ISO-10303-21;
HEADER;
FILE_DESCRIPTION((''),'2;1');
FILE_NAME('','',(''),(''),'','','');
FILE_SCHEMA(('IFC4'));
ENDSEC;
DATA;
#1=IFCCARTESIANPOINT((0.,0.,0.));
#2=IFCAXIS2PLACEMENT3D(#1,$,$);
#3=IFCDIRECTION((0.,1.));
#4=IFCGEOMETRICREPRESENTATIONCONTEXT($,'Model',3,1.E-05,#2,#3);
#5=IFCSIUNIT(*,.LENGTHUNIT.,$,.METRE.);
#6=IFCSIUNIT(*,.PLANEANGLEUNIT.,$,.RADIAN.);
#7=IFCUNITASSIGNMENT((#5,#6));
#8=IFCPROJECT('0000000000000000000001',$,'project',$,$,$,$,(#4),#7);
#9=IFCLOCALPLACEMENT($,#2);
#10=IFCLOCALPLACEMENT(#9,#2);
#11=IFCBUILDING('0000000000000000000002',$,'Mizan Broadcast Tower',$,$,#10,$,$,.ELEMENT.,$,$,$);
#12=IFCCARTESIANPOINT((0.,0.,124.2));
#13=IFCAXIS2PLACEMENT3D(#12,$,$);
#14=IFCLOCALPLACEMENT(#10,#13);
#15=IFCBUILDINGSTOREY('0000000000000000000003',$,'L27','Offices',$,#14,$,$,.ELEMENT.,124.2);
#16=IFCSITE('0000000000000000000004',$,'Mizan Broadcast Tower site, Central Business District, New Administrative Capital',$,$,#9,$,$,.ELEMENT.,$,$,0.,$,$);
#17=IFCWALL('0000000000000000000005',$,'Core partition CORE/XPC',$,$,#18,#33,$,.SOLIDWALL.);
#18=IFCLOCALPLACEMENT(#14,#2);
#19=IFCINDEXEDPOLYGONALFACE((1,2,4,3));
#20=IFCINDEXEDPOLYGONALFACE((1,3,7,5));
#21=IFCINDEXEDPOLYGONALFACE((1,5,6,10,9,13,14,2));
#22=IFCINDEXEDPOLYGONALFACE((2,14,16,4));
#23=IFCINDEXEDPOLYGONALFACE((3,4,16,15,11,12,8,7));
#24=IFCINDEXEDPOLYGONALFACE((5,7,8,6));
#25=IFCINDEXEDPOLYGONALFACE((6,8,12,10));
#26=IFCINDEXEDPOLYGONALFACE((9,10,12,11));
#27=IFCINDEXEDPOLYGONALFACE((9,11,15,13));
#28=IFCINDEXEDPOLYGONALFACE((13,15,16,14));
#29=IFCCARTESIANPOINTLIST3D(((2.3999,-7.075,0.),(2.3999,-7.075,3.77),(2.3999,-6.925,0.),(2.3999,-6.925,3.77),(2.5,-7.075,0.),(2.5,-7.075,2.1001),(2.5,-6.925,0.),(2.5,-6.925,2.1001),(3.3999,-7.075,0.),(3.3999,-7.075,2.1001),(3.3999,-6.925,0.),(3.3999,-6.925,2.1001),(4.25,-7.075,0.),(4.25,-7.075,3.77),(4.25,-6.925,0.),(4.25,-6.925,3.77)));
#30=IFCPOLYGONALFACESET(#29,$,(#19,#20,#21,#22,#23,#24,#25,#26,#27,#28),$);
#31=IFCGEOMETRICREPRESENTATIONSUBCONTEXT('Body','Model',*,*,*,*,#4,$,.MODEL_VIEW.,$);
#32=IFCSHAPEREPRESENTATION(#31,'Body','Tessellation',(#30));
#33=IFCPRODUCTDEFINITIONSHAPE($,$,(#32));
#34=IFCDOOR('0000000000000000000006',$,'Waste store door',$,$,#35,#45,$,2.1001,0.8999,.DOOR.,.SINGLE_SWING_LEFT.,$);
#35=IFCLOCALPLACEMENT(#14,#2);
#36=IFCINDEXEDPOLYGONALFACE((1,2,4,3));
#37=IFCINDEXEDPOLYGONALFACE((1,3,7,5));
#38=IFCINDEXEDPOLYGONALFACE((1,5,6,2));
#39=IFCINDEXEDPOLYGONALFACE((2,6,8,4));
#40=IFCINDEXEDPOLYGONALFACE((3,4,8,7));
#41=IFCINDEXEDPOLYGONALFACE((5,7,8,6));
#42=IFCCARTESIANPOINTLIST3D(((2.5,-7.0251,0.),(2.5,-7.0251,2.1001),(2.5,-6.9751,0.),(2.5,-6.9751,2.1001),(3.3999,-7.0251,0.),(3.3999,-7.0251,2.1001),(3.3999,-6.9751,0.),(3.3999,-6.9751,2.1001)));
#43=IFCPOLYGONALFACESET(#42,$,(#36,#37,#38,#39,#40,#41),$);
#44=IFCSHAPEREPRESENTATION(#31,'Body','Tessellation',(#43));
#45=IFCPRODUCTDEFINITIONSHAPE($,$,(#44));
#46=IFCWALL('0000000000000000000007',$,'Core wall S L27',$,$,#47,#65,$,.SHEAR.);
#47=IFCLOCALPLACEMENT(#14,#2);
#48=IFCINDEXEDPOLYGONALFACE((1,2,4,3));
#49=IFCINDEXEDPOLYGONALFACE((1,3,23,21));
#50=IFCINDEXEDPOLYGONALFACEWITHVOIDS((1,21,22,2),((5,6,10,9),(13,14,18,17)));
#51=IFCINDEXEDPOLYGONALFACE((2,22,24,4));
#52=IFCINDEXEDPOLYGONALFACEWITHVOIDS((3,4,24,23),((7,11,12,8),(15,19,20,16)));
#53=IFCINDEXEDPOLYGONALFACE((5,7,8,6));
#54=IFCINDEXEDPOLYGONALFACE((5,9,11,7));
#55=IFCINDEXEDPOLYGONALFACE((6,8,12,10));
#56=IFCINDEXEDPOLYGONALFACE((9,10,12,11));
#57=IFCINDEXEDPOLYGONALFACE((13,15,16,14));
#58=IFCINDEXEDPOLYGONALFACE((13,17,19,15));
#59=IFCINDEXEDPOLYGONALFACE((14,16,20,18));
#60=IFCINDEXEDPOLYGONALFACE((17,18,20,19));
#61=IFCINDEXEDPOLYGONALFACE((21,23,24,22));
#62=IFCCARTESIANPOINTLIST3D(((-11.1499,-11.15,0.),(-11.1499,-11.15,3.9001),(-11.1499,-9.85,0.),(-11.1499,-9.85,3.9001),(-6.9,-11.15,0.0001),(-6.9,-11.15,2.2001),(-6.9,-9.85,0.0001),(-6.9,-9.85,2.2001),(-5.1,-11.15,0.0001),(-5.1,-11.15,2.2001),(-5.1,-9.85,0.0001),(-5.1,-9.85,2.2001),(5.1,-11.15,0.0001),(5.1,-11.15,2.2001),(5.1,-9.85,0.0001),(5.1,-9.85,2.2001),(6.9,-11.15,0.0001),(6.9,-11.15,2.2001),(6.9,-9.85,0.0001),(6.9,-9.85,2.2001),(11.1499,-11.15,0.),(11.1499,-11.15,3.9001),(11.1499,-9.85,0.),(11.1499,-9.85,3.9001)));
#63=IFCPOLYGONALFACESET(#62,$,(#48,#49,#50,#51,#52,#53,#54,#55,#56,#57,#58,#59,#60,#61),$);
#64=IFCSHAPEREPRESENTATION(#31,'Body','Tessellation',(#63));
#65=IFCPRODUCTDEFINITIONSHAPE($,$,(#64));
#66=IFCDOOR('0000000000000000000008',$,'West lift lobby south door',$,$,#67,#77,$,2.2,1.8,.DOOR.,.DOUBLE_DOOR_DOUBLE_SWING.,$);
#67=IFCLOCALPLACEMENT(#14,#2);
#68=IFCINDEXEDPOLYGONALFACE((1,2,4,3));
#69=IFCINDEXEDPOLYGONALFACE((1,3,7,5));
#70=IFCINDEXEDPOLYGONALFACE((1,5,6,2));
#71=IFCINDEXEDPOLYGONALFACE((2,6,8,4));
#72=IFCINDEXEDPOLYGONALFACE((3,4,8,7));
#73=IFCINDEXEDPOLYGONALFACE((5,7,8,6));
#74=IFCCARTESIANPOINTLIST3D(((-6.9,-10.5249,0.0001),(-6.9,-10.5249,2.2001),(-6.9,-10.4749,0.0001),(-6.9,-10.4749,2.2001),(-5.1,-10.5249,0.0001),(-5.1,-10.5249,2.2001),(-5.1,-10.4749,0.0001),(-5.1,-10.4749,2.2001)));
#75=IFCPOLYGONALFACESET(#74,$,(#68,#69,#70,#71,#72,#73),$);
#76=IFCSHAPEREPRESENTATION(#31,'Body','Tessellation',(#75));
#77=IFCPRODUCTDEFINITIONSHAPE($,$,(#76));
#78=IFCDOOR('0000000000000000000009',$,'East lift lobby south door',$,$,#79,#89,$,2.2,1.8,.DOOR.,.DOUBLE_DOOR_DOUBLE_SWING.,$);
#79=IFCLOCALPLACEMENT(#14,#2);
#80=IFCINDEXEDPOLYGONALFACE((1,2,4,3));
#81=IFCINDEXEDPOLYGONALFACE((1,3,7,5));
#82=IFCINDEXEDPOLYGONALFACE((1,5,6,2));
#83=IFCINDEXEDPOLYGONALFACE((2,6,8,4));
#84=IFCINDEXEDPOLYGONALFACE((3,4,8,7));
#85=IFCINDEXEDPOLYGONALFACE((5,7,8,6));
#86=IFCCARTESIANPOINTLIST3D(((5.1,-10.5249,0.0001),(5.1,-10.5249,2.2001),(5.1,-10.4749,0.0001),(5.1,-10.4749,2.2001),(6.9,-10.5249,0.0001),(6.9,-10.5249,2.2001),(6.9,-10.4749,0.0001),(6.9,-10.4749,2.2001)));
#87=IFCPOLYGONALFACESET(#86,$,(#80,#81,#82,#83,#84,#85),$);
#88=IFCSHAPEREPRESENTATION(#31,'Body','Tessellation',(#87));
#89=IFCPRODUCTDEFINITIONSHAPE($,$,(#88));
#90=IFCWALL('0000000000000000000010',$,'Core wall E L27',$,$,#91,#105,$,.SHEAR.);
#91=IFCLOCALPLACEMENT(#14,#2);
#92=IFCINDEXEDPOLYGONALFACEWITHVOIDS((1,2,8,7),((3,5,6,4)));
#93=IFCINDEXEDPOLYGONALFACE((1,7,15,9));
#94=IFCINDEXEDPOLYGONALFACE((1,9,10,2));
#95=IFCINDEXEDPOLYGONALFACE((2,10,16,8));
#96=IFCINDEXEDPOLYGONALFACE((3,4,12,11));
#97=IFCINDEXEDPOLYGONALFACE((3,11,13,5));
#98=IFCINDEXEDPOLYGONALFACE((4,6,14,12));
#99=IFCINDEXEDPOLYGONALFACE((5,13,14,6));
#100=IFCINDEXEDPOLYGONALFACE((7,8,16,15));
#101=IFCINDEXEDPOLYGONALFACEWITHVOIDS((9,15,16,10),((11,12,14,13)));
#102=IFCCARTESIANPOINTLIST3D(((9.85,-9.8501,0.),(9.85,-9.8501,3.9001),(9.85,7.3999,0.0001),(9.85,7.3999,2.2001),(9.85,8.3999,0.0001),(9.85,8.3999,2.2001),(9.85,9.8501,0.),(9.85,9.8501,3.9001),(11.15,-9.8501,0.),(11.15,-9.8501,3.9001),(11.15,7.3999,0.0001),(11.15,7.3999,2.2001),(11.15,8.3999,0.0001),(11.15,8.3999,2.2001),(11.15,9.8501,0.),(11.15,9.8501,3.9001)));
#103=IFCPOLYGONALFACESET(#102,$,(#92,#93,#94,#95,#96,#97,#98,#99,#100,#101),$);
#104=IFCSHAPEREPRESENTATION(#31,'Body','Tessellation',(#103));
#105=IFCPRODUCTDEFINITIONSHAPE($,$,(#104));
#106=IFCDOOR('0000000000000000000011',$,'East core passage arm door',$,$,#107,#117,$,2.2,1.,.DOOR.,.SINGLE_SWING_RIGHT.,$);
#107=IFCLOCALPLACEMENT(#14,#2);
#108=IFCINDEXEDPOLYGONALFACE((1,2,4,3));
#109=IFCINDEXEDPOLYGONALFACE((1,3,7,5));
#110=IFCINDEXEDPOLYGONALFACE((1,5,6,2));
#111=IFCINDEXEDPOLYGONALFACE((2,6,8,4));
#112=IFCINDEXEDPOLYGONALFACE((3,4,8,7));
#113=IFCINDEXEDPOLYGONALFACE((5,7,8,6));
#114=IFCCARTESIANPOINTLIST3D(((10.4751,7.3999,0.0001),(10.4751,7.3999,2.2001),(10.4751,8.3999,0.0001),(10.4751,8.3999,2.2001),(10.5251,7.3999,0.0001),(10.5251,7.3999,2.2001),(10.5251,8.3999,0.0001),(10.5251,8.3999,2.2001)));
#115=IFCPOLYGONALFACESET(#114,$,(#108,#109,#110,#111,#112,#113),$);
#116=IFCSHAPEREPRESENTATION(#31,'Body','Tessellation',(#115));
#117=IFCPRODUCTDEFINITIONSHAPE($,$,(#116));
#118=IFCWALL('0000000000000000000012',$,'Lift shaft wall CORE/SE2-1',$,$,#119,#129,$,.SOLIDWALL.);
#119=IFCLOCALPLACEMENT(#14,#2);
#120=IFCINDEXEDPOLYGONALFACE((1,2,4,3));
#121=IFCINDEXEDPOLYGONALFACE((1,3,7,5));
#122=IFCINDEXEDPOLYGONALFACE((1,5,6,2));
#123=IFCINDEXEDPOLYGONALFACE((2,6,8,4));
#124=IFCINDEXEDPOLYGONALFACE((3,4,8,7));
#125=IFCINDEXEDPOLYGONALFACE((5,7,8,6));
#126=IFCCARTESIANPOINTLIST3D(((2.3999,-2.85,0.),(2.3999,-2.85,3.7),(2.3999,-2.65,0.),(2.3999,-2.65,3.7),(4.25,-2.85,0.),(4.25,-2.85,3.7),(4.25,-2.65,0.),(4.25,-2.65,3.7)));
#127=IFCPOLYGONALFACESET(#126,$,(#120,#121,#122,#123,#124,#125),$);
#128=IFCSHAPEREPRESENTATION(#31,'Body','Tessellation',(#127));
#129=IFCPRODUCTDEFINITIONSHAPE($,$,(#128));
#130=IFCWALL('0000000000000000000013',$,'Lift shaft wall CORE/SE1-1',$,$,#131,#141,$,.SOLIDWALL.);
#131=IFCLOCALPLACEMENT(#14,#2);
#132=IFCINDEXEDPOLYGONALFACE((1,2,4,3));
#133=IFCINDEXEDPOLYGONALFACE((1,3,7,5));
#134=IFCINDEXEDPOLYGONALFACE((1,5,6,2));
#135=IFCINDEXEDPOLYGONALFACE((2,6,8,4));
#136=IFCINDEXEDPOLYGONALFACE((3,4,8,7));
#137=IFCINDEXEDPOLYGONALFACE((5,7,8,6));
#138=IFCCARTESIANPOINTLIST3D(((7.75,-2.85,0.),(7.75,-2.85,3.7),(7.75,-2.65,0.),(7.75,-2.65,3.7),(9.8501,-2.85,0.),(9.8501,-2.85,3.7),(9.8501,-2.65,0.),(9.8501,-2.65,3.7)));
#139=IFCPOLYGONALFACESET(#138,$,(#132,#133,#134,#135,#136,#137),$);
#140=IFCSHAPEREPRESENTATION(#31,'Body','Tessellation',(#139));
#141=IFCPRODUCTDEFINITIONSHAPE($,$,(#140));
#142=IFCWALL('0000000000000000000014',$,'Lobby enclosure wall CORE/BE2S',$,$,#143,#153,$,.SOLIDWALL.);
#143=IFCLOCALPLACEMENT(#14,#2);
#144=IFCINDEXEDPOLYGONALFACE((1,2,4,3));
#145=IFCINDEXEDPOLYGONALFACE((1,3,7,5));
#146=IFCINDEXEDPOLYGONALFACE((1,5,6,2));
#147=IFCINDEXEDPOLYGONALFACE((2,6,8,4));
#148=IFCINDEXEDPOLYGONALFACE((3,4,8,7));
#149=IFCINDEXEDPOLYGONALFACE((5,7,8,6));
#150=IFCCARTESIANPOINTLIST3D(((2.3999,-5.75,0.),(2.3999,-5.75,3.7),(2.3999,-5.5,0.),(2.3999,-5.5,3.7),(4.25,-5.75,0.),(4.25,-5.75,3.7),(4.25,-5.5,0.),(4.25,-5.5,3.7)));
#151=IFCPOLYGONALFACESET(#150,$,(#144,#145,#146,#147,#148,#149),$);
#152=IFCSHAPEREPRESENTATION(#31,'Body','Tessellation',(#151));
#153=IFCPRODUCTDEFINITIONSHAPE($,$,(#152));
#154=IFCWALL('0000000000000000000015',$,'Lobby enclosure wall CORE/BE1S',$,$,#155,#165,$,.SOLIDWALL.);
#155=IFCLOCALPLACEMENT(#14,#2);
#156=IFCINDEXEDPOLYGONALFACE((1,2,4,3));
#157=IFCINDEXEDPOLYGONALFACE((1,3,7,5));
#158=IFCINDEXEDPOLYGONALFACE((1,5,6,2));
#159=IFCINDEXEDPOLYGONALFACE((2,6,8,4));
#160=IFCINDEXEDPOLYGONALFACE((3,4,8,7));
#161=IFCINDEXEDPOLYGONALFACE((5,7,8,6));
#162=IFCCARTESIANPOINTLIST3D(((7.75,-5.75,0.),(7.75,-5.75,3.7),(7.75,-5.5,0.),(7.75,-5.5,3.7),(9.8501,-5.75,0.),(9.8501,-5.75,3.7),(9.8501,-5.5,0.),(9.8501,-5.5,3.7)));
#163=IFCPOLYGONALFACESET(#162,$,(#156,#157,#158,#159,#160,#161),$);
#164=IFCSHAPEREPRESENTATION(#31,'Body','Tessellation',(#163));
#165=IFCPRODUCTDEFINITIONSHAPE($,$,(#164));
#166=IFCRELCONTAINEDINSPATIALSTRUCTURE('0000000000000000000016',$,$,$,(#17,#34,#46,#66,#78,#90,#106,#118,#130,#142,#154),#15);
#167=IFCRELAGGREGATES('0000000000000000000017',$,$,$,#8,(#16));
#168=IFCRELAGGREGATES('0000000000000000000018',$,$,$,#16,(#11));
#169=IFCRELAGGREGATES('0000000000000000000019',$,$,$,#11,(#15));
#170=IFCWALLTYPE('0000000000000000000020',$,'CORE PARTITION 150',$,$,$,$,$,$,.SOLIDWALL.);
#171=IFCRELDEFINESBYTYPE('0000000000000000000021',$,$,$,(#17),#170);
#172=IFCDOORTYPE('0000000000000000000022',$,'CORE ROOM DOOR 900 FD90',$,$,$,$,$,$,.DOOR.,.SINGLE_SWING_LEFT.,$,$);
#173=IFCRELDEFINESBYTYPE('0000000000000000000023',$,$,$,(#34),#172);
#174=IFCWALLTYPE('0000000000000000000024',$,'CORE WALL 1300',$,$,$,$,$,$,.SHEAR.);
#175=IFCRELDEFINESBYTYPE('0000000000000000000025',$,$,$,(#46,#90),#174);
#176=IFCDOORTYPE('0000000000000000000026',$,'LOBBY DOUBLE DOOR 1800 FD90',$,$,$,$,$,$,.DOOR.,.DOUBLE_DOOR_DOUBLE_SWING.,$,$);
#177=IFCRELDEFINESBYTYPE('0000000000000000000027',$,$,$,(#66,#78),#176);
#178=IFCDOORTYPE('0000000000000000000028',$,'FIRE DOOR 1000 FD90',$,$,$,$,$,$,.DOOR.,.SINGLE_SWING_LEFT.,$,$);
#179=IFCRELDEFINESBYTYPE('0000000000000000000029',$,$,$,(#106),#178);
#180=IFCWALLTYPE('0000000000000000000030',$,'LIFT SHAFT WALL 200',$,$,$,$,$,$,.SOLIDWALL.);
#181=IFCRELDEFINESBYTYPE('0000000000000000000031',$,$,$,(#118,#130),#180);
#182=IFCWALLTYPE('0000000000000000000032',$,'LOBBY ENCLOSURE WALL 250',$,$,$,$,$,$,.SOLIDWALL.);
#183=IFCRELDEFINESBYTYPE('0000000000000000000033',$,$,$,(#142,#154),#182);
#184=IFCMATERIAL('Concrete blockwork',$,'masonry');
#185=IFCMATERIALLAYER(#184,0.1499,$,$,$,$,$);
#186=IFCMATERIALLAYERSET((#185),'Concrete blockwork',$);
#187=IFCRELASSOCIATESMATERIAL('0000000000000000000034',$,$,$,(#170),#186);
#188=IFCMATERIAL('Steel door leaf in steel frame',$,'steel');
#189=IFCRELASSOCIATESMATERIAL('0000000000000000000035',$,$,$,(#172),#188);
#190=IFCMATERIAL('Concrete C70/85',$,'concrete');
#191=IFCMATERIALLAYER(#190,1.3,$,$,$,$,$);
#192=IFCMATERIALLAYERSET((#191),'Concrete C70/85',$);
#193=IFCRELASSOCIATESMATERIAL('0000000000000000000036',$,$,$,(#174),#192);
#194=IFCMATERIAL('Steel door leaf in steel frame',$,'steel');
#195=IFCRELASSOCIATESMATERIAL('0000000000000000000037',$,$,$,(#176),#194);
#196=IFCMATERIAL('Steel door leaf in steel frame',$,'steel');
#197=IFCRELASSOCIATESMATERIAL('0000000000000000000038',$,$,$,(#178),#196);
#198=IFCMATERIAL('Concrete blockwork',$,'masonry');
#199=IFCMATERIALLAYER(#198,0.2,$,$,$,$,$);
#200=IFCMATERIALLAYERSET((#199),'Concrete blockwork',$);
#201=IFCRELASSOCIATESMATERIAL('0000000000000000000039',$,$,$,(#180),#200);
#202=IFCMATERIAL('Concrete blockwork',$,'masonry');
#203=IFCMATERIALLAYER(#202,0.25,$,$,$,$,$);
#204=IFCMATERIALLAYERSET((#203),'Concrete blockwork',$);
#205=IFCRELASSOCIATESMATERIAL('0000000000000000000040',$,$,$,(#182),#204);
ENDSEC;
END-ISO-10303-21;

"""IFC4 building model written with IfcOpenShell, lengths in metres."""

from ifc_helpers import new_model, si_unit, direction, frame, frame_2d, origin, place, context, subcontext, project, spatial, rectangle, extrude, material, layer, layer_set, type_object, element, fill, save


model = new_model("IFC4")

# Units and contexts
model_context = context("Model", 3, precision=1e-05, world=origin(), true_north=direction((0.0, 1.0)))
body_context = subcontext(model_context, "Body", "Model", "MODEL_VIEW")
ifc_project = project(units=[si_unit("LENGTHUNIT", "METRE"), si_unit("PLANEANGLEUNIT", "RADIAN")], contexts=[model_context])

# Site, building, storey
site_placement = place(None, origin())
site = spatial("IfcSite", under=ifc_project, at=site_placement, Name="Mizan Broadcast Tower site, Central Business District, New Administrative Capital", CompositionType="ELEMENT", RefElevation=0.0)
building_placement = place(site_placement, origin())
building = spatial("IfcBuilding", under=site, at=building_placement, Name="Mizan Broadcast Tower", CompositionType="ELEMENT")
storey_placement = place(building_placement, frame((0.0, 0.0, 124.2)))
storey = spatial("IfcBuildingStorey", under=building, at=storey_placement, Name="L27", Description="Offices", CompositionType="ELEMENT", Elevation=124.2)

# Wall, opening, door
ifc_material_1 = material(Name="Concrete blockwork", Category="masonry")
ifc_layer_1 = layer(ifc_material_1, 0.1499)
ifc_layer_set_1 = layer_set([ifc_layer_1], Name="Concrete blockwork")
wall_type_1 = type_object("IfcWallType", Name="CORE PARTITION 150", PredefinedType="SOLIDWALL", material=ifc_layer_set_1)
wall_1_placement = place(storey_placement, frame((2.3999, -7.0, 0.0), z_axis=(0.0, 0.0, 1.0), x_axis=(1.0, 0.0, 0.0)))
wall_1 = element("IfcWall", 1, at=wall_1_placement, inside=storey, type_object=wall_type_1, Name="Core partition CORE/XPC", PredefinedType="SOLIDWALL", context=body_context, shape_type="SweptSolid", body=[
    extrude(rectangle(XDim=1.8501, YDim=0.1499, at=frame_2d((0.925, 0.0))), origin(), (0.0, 0.0, 1.0), 3.77),
])
opening_1_placement = place(wall_1_placement, frame((0.1001, 0.0, 0.0)))
opening_1 = element("IfcOpeningElement", 2, at=opening_1_placement, cuts=wall_1, PredefinedType="OPENING", context=body_context, shape_type="SweptSolid", body=[
    extrude(rectangle(XDim=0.8999, YDim=2.1001, at=frame_2d((0.45, 1.05))), frame((0.0, 0.085, 0.0), z_axis=(0.0, -1.0, 0.0), x_axis=(1.0, 0.0, 0.0)), (0.0, 0.0, 1.0), 0.1699),
])
ifc_material_2 = material(Name="Steel door leaf in steel frame", Category="steel")
door_type_1 = type_object("IfcDoorType", Name="CORE ROOM DOOR 900 FD90", OperationType="SINGLE_SWING_LEFT", PredefinedType="DOOR", material=ifc_material_2)
door_1_placement = place(opening_1_placement, origin())
door_1 = element("IfcDoor", 3, at=door_1_placement, inside=storey, type_object=door_type_1, Name="Waste store door", OperationType="SINGLE_SWING_LEFT", OverallHeight=2.1001, OverallWidth=0.8999, PredefinedType="DOOR", context=body_context, shape_type="SweptSolid", body=[
    extrude(rectangle(XDim=0.8999, YDim=2.1001, at=frame_2d((0.45, 1.05))), frame((0.0, 0.0249, 0.0), z_axis=(0.0, -1.0, 0.0), x_axis=(1.0, 0.0, 0.0)), (0.0, 0.0, 1.0), 0.05),
])
fill(opening_1, door_1)

# Wall, openings, doors
ifc_material_3 = material(Name="Concrete C70/85", Category="concrete")
ifc_layer_2 = layer(ifc_material_3, 1.3)
ifc_layer_set_2 = layer_set([ifc_layer_2], Name="Concrete C70/85")
wall_type_2 = type_object("IfcWallType", Name="CORE WALL 1300", PredefinedType="SHEAR", material=ifc_layer_set_2)
wall_2_placement = place(storey_placement, frame((11.1499, -10.5, 0.0), z_axis=(0.0, 0.0, 1.0), x_axis=(-1.0, 0.0, 0.0)))
wall_2 = element("IfcWall", 4, at=wall_2_placement, inside=storey, type_object=wall_type_2, Name="Core wall S L27", PredefinedType="SHEAR", context=body_context, shape_type="SweptSolid", body=[
    extrude(rectangle(XDim=22.2998, YDim=1.3, at=frame_2d((11.1499, 0.0))), origin(), (0.0, 0.0, 1.0), 3.9001),
])
opening_2_placement = place(wall_2_placement, frame((16.25, 0.0, 0.0)))
opening_2 = element("IfcOpeningElement", 5, at=opening_2_placement, cuts=wall_2, PredefinedType="OPENING", context=body_context, shape_type="SweptSolid", body=[
    extrude(rectangle(XDim=1.8, YDim=2.2, at=frame_2d((0.8999, 1.1001))), frame((0.0, 0.6599, 0.0), z_axis=(0.0, -1.0, 0.0), x_axis=(1.0, 0.0, 0.0)), (0.0, 0.0, 1.0), 1.3201),
])
opening_3_placement = place(wall_2_placement, frame((4.25, 0.0, 0.0)))
opening_3 = element("IfcOpeningElement", 6, at=opening_3_placement, cuts=wall_2, PredefinedType="OPENING", context=body_context, shape_type="SweptSolid", body=[
    extrude(rectangle(XDim=1.8, YDim=2.2, at=frame_2d((0.8999, 1.1001))), frame((0.0, 0.6599, 0.0), z_axis=(0.0, -1.0, 0.0), x_axis=(1.0, 0.0, 0.0)), (0.0, 0.0, 1.0), 1.3201),
])
ifc_material_4 = material(Name="Steel door leaf in steel frame", Category="steel")
door_type_2 = type_object("IfcDoorType", Name="LOBBY DOUBLE DOOR 1800 FD90", OperationType="DOUBLE_DOOR_DOUBLE_SWING", PredefinedType="DOOR", material=ifc_material_4)
door_2_placement = place(opening_2_placement, origin())
door_2 = element("IfcDoor", 7, at=door_2_placement, inside=storey, type_object=door_type_2, Name="West lift lobby south door", OperationType="DOUBLE_DOOR_DOUBLE_SWING", OverallHeight=2.2, OverallWidth=1.8, PredefinedType="DOOR", context=body_context, shape_type="SweptSolid", body=[
    extrude(rectangle(XDim=1.8, YDim=2.2, at=frame_2d((0.8999, 1.1001))), frame((0.0, 0.0249, 0.0), z_axis=(0.0, -1.0, 0.0), x_axis=(1.0, 0.0, 0.0)), (0.0, 0.0, 1.0), 0.05),
])
fill(opening_2, door_2)
door_3_placement = place(opening_3_placement, origin())
door_3 = element("IfcDoor", 8, at=door_3_placement, inside=storey, type_object=door_type_2, Name="East lift lobby south door", OperationType="DOUBLE_DOOR_DOUBLE_SWING", OverallHeight=2.2, OverallWidth=1.8, PredefinedType="DOOR", context=body_context, shape_type="SweptSolid", body=[
    extrude(rectangle(XDim=1.8, YDim=2.2, at=frame_2d((0.8999, 1.1001))), frame((0.0, 0.0249, 0.0), z_axis=(0.0, -1.0, 0.0), x_axis=(1.0, 0.0, 0.0)), (0.0, 0.0, 1.0), 0.05),
])
fill(opening_3, door_3)

# Wall, opening, door
wall_3_placement = place(storey_placement, frame((10.5, -9.8501, 0.0), z_axis=(0.0, 0.0, 1.0), x_axis=(0.0, 1.0, 0.0)))
wall_3 = element("IfcWall", 9, at=wall_3_placement, inside=storey, type_object=wall_type_2, Name="Core wall E L27", PredefinedType="SHEAR", context=body_context, shape_type="SweptSolid", body=[
    extrude(rectangle(XDim=19.7002, YDim=1.3, at=frame_2d((9.8501, 0.0))), origin(), (0.0, 0.0, 1.0), 3.9001),
])
opening_4_placement = place(wall_3_placement, frame((17.25, 0.0, 0.0)))
opening_4 = element("IfcOpeningElement", 10, at=opening_4_placement, cuts=wall_3, PredefinedType="OPENING", context=body_context, shape_type="SweptSolid", body=[
    extrude(rectangle(XDim=1.0, YDim=2.2, at=frame_2d((0.5, 1.1001))), frame((0.0, 0.6599, 0.0), z_axis=(0.0, -1.0, 0.0), x_axis=(1.0, 0.0, 0.0)), (0.0, 0.0, 1.0), 1.3201),
])
ifc_material_5 = material(Name="Steel door leaf in steel frame", Category="steel")
door_type_3 = type_object("IfcDoorType", Name="FIRE DOOR 1000 FD90", OperationType="SINGLE_SWING_LEFT", PredefinedType="DOOR", material=ifc_material_5)
door_4_placement = place(opening_4_placement, origin())
door_4 = element("IfcDoor", 11, at=door_4_placement, inside=storey, type_object=door_type_3, Name="East core passage arm door", OperationType="SINGLE_SWING_RIGHT", OverallHeight=2.2, OverallWidth=1.0, PredefinedType="DOOR", context=body_context, shape_type="SweptSolid", body=[
    extrude(rectangle(XDim=1.0, YDim=2.2, at=frame_2d((0.5, 1.1001))), frame((0.0, 0.0249, 0.0), z_axis=(0.0, -1.0, 0.0), x_axis=(1.0, 0.0, 0.0)), (0.0, 0.0, 1.0), 0.05),
])
fill(opening_4, door_4)

# Walls
ifc_material_6 = material(Name="Concrete blockwork", Category="masonry")
ifc_layer_3 = layer(ifc_material_6, 0.2)
ifc_layer_set_3 = layer_set([ifc_layer_3], Name="Concrete blockwork")
wall_type_3 = type_object("IfcWallType", Name="LIFT SHAFT WALL 200", PredefinedType="SOLIDWALL", material=ifc_layer_set_3)
wall_4_placement = place(storey_placement, frame((2.3999, -2.75, 0.0), z_axis=(0.0, 0.0, 1.0), x_axis=(1.0, 0.0, 0.0)))
element("IfcWall", 12, at=wall_4_placement, inside=storey, type_object=wall_type_3, Name="Lift shaft wall CORE/SE2-1", PredefinedType="SOLIDWALL", context=body_context, shape_type="SweptSolid", body=[
    extrude(rectangle(XDim=1.8501, YDim=0.2, at=frame_2d((0.925, 0.0))), origin(), (0.0, 0.0, 1.0), 3.7),
])
wall_5_placement = place(storey_placement, frame((7.75, -2.75, 0.0), z_axis=(0.0, 0.0, 1.0), x_axis=(1.0, 0.0, 0.0)))
element("IfcWall", 13, at=wall_5_placement, inside=storey, type_object=wall_type_3, Name="Lift shaft wall CORE/SE1-1", PredefinedType="SOLIDWALL", context=body_context, shape_type="SweptSolid", body=[
    extrude(rectangle(XDim=2.1001, YDim=0.2, at=frame_2d((1.05, 0.0))), origin(), (0.0, 0.0, 1.0), 3.7),
])
ifc_material_7 = material(Name="Concrete blockwork", Category="masonry")
ifc_layer_4 = layer(ifc_material_7, 0.25)
ifc_layer_set_4 = layer_set([ifc_layer_4], Name="Concrete blockwork")
wall_type_4 = type_object("IfcWallType", Name="LOBBY ENCLOSURE WALL 250", PredefinedType="SOLIDWALL", material=ifc_layer_set_4)
wall_6_placement = place(storey_placement, frame((2.3999, -5.625, 0.0), z_axis=(0.0, 0.0, 1.0), x_axis=(1.0, 0.0, 0.0)))
element("IfcWall", 14, at=wall_6_placement, inside=storey, type_object=wall_type_4, Name="Lobby enclosure wall CORE/BE2S", PredefinedType="SOLIDWALL", context=body_context, shape_type="SweptSolid", body=[
    extrude(rectangle(XDim=1.8501, YDim=0.25, at=frame_2d((0.925, 0.0))), origin(), (0.0, 0.0, 1.0), 3.7),
])
wall_7_placement = place(storey_placement, frame((7.75, -5.625, 0.0), z_axis=(0.0, 0.0, 1.0), x_axis=(1.0, 0.0, 0.0)))
element("IfcWall", 15, at=wall_7_placement, inside=storey, type_object=wall_type_4, Name="Lobby enclosure wall CORE/BE1S", PredefinedType="SOLIDWALL", context=body_context, shape_type="SweptSolid", body=[
    extrude(rectangle(XDim=2.1001, YDim=0.25, at=frame_2d((1.05, 0.0))), origin(), (0.0, 0.0, 1.0), 3.7),
])

save(model, "model.ifc")
